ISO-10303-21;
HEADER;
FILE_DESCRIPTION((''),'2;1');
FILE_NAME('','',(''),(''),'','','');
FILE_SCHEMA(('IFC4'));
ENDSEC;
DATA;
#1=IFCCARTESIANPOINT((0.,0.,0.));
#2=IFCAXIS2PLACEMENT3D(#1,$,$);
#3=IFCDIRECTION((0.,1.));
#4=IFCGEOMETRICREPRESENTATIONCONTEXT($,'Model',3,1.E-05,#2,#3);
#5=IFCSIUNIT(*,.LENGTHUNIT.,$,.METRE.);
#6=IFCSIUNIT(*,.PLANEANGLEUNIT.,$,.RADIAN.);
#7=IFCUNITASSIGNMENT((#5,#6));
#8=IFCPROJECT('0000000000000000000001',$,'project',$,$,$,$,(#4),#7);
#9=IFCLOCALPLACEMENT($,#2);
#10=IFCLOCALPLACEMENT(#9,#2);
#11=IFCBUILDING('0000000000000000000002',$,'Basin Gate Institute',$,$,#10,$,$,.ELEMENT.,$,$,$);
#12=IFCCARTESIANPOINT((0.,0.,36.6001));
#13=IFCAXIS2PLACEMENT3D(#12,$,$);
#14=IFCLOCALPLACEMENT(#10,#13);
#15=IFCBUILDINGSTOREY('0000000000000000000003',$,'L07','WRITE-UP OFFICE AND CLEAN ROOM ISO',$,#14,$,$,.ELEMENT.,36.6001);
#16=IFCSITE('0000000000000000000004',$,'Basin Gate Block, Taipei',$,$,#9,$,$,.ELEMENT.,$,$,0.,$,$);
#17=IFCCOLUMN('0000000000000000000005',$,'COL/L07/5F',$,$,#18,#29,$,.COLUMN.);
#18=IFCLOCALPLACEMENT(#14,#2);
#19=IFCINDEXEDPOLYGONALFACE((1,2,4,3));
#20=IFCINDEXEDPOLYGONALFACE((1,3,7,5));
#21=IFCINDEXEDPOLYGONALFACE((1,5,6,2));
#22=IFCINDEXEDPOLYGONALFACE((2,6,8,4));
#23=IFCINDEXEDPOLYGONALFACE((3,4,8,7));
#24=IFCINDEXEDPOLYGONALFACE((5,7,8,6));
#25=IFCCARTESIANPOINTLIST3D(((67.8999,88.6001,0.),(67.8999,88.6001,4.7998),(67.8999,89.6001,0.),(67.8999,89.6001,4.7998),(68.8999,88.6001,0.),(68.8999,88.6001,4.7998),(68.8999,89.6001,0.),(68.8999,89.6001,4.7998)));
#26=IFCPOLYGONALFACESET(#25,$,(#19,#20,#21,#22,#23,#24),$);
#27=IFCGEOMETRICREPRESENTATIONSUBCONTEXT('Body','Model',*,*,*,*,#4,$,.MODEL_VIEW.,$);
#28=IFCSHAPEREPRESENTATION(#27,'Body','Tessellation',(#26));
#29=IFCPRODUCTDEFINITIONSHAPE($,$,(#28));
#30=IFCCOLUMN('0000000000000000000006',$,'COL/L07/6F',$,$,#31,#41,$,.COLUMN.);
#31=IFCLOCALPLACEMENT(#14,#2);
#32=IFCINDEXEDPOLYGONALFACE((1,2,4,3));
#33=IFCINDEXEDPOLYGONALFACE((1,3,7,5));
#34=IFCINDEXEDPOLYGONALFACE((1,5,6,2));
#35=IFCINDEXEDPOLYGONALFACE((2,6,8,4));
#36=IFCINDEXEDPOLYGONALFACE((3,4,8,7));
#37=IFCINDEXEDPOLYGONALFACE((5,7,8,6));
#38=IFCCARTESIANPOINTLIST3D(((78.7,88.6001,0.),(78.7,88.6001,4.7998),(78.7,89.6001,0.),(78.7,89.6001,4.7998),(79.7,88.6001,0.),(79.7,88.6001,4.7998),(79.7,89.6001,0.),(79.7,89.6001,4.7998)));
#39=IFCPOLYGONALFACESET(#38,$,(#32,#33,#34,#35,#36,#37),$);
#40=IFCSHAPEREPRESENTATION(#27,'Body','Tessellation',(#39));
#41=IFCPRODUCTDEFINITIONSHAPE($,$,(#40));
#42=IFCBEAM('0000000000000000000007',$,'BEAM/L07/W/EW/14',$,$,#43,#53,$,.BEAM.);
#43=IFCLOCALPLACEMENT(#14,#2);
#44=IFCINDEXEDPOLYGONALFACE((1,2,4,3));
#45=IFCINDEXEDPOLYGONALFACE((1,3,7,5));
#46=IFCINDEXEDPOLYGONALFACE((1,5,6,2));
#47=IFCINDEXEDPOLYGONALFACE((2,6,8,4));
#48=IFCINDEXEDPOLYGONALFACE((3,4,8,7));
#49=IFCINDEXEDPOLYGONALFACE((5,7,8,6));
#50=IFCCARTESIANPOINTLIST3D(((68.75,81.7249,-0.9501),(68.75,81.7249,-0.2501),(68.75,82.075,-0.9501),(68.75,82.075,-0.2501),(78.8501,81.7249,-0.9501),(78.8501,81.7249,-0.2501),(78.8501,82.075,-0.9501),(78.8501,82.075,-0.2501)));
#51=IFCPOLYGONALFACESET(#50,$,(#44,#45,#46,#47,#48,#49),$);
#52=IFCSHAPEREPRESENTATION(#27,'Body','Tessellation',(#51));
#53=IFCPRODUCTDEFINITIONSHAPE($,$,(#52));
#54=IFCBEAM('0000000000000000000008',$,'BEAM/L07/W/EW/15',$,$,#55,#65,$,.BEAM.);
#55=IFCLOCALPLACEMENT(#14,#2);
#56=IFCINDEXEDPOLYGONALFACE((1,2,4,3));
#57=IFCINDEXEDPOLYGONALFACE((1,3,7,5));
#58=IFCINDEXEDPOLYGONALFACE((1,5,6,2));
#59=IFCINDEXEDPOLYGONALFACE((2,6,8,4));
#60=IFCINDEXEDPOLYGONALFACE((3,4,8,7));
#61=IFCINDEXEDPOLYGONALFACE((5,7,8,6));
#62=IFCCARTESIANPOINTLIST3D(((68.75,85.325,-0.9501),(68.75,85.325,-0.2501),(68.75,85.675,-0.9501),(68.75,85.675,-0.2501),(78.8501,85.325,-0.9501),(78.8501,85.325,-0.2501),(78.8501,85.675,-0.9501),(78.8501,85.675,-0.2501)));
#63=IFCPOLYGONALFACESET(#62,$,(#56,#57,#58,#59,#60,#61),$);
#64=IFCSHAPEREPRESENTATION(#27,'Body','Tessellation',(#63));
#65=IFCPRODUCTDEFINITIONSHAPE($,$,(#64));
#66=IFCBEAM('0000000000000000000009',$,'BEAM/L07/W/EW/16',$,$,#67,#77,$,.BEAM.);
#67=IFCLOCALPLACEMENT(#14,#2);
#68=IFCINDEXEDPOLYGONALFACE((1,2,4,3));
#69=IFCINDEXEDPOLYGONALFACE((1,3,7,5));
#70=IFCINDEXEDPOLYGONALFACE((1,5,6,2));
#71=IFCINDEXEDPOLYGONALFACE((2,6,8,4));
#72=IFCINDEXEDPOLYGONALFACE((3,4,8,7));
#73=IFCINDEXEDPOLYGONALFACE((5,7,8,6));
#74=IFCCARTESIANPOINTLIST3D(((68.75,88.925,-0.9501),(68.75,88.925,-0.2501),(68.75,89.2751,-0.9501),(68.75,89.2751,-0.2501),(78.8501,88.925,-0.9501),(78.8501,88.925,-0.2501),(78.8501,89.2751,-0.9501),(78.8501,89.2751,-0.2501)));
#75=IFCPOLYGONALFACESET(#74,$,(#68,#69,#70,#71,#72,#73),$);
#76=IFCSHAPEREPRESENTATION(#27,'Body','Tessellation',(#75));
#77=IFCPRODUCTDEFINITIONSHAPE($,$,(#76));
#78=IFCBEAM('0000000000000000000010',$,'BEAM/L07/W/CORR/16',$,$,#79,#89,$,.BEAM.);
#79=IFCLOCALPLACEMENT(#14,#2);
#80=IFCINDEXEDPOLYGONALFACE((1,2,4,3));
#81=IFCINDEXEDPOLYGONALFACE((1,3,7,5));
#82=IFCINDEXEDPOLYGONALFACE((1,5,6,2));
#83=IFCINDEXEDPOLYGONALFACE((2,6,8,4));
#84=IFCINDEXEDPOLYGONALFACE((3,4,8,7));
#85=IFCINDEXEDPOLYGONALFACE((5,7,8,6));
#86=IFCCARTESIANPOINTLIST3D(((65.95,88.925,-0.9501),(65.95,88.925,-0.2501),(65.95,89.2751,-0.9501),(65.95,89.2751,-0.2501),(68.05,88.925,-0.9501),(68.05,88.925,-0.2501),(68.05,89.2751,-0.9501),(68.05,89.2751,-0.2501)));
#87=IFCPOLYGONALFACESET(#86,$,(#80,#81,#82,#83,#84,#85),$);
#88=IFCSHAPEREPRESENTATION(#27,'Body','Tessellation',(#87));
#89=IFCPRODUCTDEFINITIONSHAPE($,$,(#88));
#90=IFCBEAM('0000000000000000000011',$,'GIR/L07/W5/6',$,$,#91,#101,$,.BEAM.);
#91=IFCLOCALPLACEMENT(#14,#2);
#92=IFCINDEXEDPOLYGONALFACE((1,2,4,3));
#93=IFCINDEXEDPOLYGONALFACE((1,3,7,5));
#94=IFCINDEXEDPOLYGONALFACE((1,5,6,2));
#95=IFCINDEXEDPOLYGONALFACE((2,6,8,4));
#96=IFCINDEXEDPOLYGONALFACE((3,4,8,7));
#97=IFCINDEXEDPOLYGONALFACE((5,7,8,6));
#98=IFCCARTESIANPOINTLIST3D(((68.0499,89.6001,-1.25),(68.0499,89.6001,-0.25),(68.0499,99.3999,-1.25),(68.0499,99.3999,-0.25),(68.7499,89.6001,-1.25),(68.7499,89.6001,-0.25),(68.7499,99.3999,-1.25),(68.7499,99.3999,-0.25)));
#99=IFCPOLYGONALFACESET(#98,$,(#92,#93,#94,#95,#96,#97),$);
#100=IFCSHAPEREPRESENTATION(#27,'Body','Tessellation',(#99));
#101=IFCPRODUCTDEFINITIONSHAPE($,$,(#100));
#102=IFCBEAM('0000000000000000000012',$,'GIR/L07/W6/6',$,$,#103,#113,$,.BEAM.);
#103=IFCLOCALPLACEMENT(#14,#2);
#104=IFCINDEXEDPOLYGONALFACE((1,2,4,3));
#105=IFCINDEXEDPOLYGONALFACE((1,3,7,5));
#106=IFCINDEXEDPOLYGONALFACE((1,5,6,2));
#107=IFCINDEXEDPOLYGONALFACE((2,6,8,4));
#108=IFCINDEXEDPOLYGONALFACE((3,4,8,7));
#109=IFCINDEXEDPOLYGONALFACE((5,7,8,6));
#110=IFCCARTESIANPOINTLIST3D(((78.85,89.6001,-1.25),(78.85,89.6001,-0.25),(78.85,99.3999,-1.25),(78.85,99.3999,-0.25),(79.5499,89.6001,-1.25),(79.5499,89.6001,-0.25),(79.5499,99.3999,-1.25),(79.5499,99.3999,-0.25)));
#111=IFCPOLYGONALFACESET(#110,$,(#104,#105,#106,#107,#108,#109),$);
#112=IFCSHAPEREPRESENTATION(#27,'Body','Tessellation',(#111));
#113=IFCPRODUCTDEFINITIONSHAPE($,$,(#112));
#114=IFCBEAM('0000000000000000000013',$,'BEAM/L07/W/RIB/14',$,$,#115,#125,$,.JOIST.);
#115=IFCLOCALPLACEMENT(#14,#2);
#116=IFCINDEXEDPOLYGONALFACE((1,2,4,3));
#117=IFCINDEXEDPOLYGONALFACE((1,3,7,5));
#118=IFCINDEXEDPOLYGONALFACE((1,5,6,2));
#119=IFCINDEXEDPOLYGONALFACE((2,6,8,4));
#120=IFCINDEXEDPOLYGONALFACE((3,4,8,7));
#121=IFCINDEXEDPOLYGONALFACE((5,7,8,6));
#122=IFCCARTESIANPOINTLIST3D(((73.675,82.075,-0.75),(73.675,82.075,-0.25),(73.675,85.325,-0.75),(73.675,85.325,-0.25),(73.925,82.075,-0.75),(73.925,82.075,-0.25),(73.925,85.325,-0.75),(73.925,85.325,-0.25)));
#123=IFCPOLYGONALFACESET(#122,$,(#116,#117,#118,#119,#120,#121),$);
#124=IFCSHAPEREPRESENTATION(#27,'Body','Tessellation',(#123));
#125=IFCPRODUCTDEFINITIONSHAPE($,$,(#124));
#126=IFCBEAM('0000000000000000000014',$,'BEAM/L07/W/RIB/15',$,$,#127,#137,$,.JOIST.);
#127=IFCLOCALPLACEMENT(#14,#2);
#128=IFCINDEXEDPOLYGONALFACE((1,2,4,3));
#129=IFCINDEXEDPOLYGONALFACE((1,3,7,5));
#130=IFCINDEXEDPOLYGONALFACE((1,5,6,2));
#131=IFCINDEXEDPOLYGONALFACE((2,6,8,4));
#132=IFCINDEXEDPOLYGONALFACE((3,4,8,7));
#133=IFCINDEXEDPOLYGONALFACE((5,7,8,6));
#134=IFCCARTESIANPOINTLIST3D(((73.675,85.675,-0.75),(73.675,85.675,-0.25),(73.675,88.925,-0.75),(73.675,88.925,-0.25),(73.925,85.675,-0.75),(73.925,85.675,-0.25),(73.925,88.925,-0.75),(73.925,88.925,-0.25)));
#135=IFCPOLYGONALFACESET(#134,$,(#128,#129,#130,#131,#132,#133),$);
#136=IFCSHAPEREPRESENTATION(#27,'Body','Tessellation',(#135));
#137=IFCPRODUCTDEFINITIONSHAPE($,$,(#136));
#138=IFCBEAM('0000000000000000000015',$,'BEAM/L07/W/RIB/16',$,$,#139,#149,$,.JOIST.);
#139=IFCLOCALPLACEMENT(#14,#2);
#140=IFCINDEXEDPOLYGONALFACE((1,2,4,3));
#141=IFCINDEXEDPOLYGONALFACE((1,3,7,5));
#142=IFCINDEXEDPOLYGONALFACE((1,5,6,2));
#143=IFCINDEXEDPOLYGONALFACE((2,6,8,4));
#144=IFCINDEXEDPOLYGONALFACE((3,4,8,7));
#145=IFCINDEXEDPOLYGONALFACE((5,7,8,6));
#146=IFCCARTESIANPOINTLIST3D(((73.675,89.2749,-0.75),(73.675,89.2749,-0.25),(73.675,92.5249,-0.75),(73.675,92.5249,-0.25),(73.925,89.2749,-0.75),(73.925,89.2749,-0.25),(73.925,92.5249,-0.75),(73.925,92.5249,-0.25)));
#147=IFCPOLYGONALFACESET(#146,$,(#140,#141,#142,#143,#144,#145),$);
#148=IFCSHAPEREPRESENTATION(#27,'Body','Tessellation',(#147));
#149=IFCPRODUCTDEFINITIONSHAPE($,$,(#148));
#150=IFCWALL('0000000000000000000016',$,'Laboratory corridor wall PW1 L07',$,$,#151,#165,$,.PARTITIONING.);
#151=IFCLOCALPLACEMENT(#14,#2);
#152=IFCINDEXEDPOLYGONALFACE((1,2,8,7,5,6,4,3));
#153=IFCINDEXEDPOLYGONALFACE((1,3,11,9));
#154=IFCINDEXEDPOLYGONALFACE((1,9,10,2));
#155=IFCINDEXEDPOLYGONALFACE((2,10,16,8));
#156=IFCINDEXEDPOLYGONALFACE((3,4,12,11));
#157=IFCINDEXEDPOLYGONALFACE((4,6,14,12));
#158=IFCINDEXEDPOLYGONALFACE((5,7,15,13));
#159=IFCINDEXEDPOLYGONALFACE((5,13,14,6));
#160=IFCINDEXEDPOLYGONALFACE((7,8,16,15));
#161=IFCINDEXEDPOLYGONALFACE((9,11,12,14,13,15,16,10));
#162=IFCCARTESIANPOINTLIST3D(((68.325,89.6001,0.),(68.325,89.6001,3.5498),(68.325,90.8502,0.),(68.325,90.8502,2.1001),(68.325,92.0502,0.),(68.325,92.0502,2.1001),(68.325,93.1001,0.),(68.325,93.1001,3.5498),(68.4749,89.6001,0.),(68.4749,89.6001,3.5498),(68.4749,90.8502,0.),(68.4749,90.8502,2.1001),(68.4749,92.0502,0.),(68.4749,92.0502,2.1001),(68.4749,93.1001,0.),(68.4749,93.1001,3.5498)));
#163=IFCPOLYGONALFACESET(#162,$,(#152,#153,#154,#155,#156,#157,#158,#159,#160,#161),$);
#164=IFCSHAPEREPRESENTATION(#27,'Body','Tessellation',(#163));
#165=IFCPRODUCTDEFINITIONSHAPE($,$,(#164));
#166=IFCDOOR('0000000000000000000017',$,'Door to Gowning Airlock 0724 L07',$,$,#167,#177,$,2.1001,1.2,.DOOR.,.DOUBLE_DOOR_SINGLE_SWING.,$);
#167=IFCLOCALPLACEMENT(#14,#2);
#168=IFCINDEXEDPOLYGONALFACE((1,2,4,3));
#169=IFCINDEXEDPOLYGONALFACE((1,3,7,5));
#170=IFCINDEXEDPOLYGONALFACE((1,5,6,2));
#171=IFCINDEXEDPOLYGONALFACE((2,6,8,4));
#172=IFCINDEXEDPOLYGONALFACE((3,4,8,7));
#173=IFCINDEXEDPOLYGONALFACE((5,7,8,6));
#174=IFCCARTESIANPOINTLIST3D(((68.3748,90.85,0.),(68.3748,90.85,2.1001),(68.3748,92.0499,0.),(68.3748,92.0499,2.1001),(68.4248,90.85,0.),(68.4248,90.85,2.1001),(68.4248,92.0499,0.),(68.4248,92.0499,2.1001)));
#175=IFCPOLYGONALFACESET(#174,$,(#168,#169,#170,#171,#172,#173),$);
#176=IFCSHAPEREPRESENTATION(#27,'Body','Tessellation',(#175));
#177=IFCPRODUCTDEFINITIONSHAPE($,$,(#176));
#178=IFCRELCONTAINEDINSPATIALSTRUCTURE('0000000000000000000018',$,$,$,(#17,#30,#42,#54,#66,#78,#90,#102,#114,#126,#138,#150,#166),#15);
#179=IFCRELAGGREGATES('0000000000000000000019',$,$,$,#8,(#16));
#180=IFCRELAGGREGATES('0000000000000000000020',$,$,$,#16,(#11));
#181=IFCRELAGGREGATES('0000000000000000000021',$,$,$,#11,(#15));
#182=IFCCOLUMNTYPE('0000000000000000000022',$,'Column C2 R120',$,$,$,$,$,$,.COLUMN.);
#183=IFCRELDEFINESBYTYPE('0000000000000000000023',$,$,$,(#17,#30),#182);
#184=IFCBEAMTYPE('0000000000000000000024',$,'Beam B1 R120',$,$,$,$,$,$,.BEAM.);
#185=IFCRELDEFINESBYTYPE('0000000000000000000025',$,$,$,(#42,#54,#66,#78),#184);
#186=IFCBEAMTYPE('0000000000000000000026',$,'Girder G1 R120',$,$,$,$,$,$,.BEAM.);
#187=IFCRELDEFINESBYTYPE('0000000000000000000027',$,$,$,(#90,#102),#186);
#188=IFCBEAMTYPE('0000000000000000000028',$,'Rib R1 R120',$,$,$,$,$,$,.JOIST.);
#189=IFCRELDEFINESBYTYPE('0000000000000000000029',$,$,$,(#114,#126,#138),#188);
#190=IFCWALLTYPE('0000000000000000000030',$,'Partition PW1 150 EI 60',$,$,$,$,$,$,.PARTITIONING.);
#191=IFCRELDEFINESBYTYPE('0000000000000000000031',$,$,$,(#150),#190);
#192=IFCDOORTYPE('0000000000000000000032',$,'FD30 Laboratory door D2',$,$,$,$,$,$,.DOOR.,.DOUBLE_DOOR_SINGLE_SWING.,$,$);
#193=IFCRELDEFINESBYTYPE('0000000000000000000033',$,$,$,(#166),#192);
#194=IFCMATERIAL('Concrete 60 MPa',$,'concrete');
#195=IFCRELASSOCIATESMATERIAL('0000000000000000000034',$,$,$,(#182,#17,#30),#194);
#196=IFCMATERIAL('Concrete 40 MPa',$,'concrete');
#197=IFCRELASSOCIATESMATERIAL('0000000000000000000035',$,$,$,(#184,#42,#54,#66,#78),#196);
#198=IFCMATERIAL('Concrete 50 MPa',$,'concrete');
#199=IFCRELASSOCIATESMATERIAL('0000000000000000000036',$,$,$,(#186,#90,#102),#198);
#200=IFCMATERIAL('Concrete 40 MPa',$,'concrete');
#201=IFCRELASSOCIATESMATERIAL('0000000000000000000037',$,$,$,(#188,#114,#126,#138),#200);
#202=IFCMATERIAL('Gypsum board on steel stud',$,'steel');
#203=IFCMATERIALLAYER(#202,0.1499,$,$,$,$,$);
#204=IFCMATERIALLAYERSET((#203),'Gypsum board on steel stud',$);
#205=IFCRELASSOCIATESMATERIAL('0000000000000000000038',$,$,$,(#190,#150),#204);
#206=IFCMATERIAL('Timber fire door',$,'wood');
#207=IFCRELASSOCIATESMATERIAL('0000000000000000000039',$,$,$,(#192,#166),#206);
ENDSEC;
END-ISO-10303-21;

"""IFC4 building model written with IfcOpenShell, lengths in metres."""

from ifc_helpers import new_model, si_unit, direction, frame, frame_2d, origin, origin_2d, place, context, subcontext, project, spatial, rectangle, extrude, material, layer, layer_set, material_profile, profile_set, type_object, element, fill, save


model = new_model("IFC4")

# Units and contexts
model_context = context("Model", 3, precision=1e-05, world=origin(), true_north=direction((0.0, 1.0)))
body_context = subcontext(model_context, "Body", "Model", "MODEL_VIEW")
ifc_project = project(units=[si_unit("LENGTHUNIT", "METRE"), si_unit("PLANEANGLEUNIT", "RADIAN")], contexts=[model_context])

# Site, building, storey
site_placement = place(None, origin())
site = spatial("IfcSite", under=ifc_project, at=site_placement, Name="Basin Gate Block, Taipei", CompositionType="ELEMENT", RefElevation=0.0)
building_placement = place(site_placement, origin())
building = spatial("IfcBuilding", under=site, at=building_placement, Name="Basin Gate Institute", CompositionType="ELEMENT")
storey_placement = place(building_placement, frame((0.0, 0.0, 36.6001)))
storey = spatial("IfcBuildingStorey", under=building, at=storey_placement, Name="L07", Description="WRITE-UP OFFICE AND CLEAN ROOM ISO", CompositionType="ELEMENT", Elevation=36.6001)

# Columns
ifc_material_1 = material(Name="Concrete 60 MPa", Category="concrete")
ifc_material_profile_1 = material_profile(ifc_material_1, rectangle(XDim=1.0, YDim=1.0, at=origin_2d()), Name="Column C2 1000 x 1000")
ifc_profile_set_1 = profile_set([ifc_material_profile_1], Name="Concrete 60 MPa")
column_type = type_object("IfcColumnType", Name="Column C2 R120", PredefinedType="COLUMN", material=ifc_profile_set_1)
for number, where, z_axis, x_axis, name in (
    (1, (68.3999, 89.1001, 0.0), (0.0, 0.0, 1.0), (1.0, 0.0, 0.0), "COL/L07/5F"),
    (2, (79.2, 89.1001, 0.0), (0.0, 0.0, 1.0), (1.0, 0.0, 0.0), "COL/L07/6F"),
):
    element("IfcColumn", number, at=place(storey_placement, frame(where, z_axis=z_axis, x_axis=x_axis)), inside=storey, type_object=column_type, material=ifc_profile_set_1, Name=name, PredefinedType="COLUMN", context=body_context, shape_type="SweptSolid", body=[
        extrude(rectangle(XDim=1.0, YDim=1.0, at=origin_2d()), origin(), (0.0, 0.0, 1.0), 4.7998),
    ])

# Beams
ifc_material_2 = material(Name="Concrete 40 MPa", Category="concrete")
ifc_material_profile_2 = material_profile(ifc_material_2, rectangle(XDim=0.3501, YDim=0.7, at=origin_2d()), Name="Beam B1 350 x 700")
ifc_profile_set_2 = profile_set([ifc_material_profile_2], Name="Concrete 40 MPa")
beam_type_1 = type_object("IfcBeamType", Name="Beam B1 R120", PredefinedType="BEAM", material=ifc_profile_set_2)
for number, where, z_axis, x_axis, name in (
    (3, (68.75, 81.8999, -0.6001), (1.0, 0.0, 0.0), (0.0, 1.0, 0.0), "BEAM/L07/W/EW/14"),
    (4, (68.75, 85.5, -0.6001), (1.0, 0.0, 0.0), (0.0, 1.0, 0.0), "BEAM/L07/W/EW/15"),
    (5, (68.75, 89.1001, -0.6001), (1.0, 0.0, 0.0), (0.0, 1.0, 0.0), "BEAM/L07/W/EW/16"),
):
    element("IfcBeam", number, at=place(storey_placement, frame(where, z_axis=z_axis, x_axis=x_axis)), inside=storey, type_object=beam_type_1, material=ifc_profile_set_2, Name=name, PredefinedType="BEAM", context=body_context, shape_type="SweptSolid", body=[
        extrude(rectangle(XDim=0.3501, YDim=0.7, at=origin_2d()), origin(), (0.0, 0.0, 1.0), 10.1001),
    ])
beam_placement = place(storey_placement, frame((65.95, 89.1001, -0.6001), z_axis=(1.0, 0.0, 0.0), x_axis=(0.0, 1.0, 0.0)))
element("IfcBeam", 6, at=beam_placement, inside=storey, type_object=beam_type_1, material=ifc_profile_set_2, Name="BEAM/L07/W/CORR/16", PredefinedType="BEAM", context=body_context, shape_type="SweptSolid", body=[
    extrude(rectangle(XDim=0.3501, YDim=0.7, at=origin_2d()), origin(), (0.0, 0.0, 1.0), 2.1001),
])
ifc_material_3 = material(Name="Concrete 50 MPa", Category="concrete")
ifc_material_profile_3 = material_profile(ifc_material_3, rectangle(XDim=0.7, YDim=1.0, at=origin_2d()), Name="Girder G1 700 x 1000")
ifc_profile_set_3 = profile_set([ifc_material_profile_3], Name="Concrete 50 MPa")
beam_type_2 = type_object("IfcBeamType", Name="Girder G1 R120", PredefinedType="BEAM", material=ifc_profile_set_3)
for number, where, z_axis, x_axis, name in (
    (7, (68.3999, 89.6001, -0.75), (0.0, 1.0, 0.0), (-1.0, 0.0, 0.0), "GIR/L07/W5/6"),
    (8, (79.2, 89.6001, -0.75), (0.0, 1.0, 0.0), (-1.0, 0.0, 0.0), "GIR/L07/W6/6"),
):
    element("IfcBeam", number, at=place(storey_placement, frame(where, z_axis=z_axis, x_axis=x_axis)), inside=storey, type_object=beam_type_2, material=ifc_profile_set_3, Name=name, PredefinedType="BEAM", context=body_context, shape_type="SweptSolid", body=[
        extrude(rectangle(XDim=0.7, YDim=1.0, at=origin_2d()), origin(), (0.0, 0.0, 1.0), 9.7998),
    ])
ifc_material_4 = material(Name="Concrete 40 MPa", Category="concrete")
ifc_material_profile_4 = material_profile(ifc_material_4, rectangle(XDim=0.25, YDim=0.5, at=origin_2d()), Name="Rib R1 250 x 500")
ifc_profile_set_4 = profile_set([ifc_material_profile_4], Name="Concrete 40 MPa")
beam_type_3 = type_object("IfcBeamType", Name="Rib R1 R120", PredefinedType="JOIST", material=ifc_profile_set_4)
for number, where, z_axis, x_axis, name in (
    (9, (73.8, 82.075, -0.5), (0.0, 1.0, 0.0), (-1.0, 0.0, 0.0), "BEAM/L07/W/RIB/14"),
    (10, (73.8, 85.675, -0.5), (0.0, 1.0, 0.0), (-1.0, 0.0, 0.0), "BEAM/L07/W/RIB/15"),
    (11, (73.8, 89.2749, -0.5), (0.0, 1.0, 0.0), (-1.0, 0.0, 0.0), "BEAM/L07/W/RIB/16"),
):
    element("IfcBeam", number, at=place(storey_placement, frame(where, z_axis=z_axis, x_axis=x_axis)), inside=storey, type_object=beam_type_3, material=ifc_profile_set_4, Name=name, PredefinedType="JOIST", context=body_context, shape_type="SweptSolid", body=[
        extrude(rectangle(XDim=0.25, YDim=0.5, at=origin_2d()), origin(), (0.0, 0.0, 1.0), 3.25),
    ])

# Wall, opening, door
ifc_material_5 = material(Name="Gypsum board on steel stud", Category="steel")
ifc_layer_1 = layer(ifc_material_5, 0.1499)
ifc_layer_set_1 = layer_set([ifc_layer_1], Name="Gypsum board on steel stud")
wall_type_1 = type_object("IfcWallType", Name="Partition PW1 150 EI 60", PredefinedType="PARTITIONING", material=ifc_layer_set_1)
wall_1_placement = place(storey_placement, frame((68.3999, 89.6001, 0.0), z_axis=(0.0, 0.0, 1.0), x_axis=(0.0, 1.0, 0.0)))
wall_1 = element("IfcWall", 12, at=wall_1_placement, inside=storey, type_object=wall_type_1, material=ifc_layer_set_1, Name="Laboratory corridor wall PW1 L07", PredefinedType="PARTITIONING", context=body_context, shape_type="SweptSolid", body=[
    extrude(rectangle(XDim=3.5, YDim=0.1499, at=frame_2d((1.75, 0.0))), origin(), (0.0, 0.0, 1.0), 3.5498),
])
opening_1_placement = place(wall_1_placement, frame((1.25, 0.0, 0.0)))
opening_1 = element("IfcOpeningElement", 13, at=opening_1_placement, cuts=wall_1, PredefinedType="OPENING", context=body_context, shape_type="SweptSolid", body=[
    extrude(rectangle(XDim=1.2, YDim=2.1001, at=frame_2d((0.6001, 1.05))), frame((0.0, 0.085, 0.0), z_axis=(0.0, -1.0, 0.0), x_axis=(1.0, 0.0, 0.0)), (0.0, 0.0, 1.0), 0.1699),
])
ifc_material_6 = material(Name="Timber fire door", Category="wood")
door_type_1 = type_object("IfcDoorType", Name="FD30 Laboratory door D2", OperationType="DOUBLE_DOOR_SINGLE_SWING", PredefinedType="DOOR", material=ifc_material_6)
door_1_placement = place(opening_1_placement, frame((1.2, 0.0, 0.0), z_axis=(0.0, 0.0, 1.0), x_axis=(-1.0, 0.0, 0.0)))
door_1 = element("IfcDoor", 14, at=door_1_placement, inside=storey, type_object=door_type_1, material=ifc_material_6, Name="Door to Gowning Airlock 0724 L07", OperationType="DOUBLE_DOOR_SINGLE_SWING", OverallHeight=2.1001, OverallWidth=1.2, PredefinedType="DOOR", context=body_context, shape_type="SweptSolid", body=[
    extrude(rectangle(XDim=1.2, YDim=2.1001, at=frame_2d((0.6001, 1.05))), frame((0.0, 0.0249, 0.0), z_axis=(0.0, -1.0, 0.0), x_axis=(1.0, 0.0, 0.0)), (0.0, 0.0, 1.0), 0.05),
])
fill(opening_1, door_1)

save(model, "model.ifc")
